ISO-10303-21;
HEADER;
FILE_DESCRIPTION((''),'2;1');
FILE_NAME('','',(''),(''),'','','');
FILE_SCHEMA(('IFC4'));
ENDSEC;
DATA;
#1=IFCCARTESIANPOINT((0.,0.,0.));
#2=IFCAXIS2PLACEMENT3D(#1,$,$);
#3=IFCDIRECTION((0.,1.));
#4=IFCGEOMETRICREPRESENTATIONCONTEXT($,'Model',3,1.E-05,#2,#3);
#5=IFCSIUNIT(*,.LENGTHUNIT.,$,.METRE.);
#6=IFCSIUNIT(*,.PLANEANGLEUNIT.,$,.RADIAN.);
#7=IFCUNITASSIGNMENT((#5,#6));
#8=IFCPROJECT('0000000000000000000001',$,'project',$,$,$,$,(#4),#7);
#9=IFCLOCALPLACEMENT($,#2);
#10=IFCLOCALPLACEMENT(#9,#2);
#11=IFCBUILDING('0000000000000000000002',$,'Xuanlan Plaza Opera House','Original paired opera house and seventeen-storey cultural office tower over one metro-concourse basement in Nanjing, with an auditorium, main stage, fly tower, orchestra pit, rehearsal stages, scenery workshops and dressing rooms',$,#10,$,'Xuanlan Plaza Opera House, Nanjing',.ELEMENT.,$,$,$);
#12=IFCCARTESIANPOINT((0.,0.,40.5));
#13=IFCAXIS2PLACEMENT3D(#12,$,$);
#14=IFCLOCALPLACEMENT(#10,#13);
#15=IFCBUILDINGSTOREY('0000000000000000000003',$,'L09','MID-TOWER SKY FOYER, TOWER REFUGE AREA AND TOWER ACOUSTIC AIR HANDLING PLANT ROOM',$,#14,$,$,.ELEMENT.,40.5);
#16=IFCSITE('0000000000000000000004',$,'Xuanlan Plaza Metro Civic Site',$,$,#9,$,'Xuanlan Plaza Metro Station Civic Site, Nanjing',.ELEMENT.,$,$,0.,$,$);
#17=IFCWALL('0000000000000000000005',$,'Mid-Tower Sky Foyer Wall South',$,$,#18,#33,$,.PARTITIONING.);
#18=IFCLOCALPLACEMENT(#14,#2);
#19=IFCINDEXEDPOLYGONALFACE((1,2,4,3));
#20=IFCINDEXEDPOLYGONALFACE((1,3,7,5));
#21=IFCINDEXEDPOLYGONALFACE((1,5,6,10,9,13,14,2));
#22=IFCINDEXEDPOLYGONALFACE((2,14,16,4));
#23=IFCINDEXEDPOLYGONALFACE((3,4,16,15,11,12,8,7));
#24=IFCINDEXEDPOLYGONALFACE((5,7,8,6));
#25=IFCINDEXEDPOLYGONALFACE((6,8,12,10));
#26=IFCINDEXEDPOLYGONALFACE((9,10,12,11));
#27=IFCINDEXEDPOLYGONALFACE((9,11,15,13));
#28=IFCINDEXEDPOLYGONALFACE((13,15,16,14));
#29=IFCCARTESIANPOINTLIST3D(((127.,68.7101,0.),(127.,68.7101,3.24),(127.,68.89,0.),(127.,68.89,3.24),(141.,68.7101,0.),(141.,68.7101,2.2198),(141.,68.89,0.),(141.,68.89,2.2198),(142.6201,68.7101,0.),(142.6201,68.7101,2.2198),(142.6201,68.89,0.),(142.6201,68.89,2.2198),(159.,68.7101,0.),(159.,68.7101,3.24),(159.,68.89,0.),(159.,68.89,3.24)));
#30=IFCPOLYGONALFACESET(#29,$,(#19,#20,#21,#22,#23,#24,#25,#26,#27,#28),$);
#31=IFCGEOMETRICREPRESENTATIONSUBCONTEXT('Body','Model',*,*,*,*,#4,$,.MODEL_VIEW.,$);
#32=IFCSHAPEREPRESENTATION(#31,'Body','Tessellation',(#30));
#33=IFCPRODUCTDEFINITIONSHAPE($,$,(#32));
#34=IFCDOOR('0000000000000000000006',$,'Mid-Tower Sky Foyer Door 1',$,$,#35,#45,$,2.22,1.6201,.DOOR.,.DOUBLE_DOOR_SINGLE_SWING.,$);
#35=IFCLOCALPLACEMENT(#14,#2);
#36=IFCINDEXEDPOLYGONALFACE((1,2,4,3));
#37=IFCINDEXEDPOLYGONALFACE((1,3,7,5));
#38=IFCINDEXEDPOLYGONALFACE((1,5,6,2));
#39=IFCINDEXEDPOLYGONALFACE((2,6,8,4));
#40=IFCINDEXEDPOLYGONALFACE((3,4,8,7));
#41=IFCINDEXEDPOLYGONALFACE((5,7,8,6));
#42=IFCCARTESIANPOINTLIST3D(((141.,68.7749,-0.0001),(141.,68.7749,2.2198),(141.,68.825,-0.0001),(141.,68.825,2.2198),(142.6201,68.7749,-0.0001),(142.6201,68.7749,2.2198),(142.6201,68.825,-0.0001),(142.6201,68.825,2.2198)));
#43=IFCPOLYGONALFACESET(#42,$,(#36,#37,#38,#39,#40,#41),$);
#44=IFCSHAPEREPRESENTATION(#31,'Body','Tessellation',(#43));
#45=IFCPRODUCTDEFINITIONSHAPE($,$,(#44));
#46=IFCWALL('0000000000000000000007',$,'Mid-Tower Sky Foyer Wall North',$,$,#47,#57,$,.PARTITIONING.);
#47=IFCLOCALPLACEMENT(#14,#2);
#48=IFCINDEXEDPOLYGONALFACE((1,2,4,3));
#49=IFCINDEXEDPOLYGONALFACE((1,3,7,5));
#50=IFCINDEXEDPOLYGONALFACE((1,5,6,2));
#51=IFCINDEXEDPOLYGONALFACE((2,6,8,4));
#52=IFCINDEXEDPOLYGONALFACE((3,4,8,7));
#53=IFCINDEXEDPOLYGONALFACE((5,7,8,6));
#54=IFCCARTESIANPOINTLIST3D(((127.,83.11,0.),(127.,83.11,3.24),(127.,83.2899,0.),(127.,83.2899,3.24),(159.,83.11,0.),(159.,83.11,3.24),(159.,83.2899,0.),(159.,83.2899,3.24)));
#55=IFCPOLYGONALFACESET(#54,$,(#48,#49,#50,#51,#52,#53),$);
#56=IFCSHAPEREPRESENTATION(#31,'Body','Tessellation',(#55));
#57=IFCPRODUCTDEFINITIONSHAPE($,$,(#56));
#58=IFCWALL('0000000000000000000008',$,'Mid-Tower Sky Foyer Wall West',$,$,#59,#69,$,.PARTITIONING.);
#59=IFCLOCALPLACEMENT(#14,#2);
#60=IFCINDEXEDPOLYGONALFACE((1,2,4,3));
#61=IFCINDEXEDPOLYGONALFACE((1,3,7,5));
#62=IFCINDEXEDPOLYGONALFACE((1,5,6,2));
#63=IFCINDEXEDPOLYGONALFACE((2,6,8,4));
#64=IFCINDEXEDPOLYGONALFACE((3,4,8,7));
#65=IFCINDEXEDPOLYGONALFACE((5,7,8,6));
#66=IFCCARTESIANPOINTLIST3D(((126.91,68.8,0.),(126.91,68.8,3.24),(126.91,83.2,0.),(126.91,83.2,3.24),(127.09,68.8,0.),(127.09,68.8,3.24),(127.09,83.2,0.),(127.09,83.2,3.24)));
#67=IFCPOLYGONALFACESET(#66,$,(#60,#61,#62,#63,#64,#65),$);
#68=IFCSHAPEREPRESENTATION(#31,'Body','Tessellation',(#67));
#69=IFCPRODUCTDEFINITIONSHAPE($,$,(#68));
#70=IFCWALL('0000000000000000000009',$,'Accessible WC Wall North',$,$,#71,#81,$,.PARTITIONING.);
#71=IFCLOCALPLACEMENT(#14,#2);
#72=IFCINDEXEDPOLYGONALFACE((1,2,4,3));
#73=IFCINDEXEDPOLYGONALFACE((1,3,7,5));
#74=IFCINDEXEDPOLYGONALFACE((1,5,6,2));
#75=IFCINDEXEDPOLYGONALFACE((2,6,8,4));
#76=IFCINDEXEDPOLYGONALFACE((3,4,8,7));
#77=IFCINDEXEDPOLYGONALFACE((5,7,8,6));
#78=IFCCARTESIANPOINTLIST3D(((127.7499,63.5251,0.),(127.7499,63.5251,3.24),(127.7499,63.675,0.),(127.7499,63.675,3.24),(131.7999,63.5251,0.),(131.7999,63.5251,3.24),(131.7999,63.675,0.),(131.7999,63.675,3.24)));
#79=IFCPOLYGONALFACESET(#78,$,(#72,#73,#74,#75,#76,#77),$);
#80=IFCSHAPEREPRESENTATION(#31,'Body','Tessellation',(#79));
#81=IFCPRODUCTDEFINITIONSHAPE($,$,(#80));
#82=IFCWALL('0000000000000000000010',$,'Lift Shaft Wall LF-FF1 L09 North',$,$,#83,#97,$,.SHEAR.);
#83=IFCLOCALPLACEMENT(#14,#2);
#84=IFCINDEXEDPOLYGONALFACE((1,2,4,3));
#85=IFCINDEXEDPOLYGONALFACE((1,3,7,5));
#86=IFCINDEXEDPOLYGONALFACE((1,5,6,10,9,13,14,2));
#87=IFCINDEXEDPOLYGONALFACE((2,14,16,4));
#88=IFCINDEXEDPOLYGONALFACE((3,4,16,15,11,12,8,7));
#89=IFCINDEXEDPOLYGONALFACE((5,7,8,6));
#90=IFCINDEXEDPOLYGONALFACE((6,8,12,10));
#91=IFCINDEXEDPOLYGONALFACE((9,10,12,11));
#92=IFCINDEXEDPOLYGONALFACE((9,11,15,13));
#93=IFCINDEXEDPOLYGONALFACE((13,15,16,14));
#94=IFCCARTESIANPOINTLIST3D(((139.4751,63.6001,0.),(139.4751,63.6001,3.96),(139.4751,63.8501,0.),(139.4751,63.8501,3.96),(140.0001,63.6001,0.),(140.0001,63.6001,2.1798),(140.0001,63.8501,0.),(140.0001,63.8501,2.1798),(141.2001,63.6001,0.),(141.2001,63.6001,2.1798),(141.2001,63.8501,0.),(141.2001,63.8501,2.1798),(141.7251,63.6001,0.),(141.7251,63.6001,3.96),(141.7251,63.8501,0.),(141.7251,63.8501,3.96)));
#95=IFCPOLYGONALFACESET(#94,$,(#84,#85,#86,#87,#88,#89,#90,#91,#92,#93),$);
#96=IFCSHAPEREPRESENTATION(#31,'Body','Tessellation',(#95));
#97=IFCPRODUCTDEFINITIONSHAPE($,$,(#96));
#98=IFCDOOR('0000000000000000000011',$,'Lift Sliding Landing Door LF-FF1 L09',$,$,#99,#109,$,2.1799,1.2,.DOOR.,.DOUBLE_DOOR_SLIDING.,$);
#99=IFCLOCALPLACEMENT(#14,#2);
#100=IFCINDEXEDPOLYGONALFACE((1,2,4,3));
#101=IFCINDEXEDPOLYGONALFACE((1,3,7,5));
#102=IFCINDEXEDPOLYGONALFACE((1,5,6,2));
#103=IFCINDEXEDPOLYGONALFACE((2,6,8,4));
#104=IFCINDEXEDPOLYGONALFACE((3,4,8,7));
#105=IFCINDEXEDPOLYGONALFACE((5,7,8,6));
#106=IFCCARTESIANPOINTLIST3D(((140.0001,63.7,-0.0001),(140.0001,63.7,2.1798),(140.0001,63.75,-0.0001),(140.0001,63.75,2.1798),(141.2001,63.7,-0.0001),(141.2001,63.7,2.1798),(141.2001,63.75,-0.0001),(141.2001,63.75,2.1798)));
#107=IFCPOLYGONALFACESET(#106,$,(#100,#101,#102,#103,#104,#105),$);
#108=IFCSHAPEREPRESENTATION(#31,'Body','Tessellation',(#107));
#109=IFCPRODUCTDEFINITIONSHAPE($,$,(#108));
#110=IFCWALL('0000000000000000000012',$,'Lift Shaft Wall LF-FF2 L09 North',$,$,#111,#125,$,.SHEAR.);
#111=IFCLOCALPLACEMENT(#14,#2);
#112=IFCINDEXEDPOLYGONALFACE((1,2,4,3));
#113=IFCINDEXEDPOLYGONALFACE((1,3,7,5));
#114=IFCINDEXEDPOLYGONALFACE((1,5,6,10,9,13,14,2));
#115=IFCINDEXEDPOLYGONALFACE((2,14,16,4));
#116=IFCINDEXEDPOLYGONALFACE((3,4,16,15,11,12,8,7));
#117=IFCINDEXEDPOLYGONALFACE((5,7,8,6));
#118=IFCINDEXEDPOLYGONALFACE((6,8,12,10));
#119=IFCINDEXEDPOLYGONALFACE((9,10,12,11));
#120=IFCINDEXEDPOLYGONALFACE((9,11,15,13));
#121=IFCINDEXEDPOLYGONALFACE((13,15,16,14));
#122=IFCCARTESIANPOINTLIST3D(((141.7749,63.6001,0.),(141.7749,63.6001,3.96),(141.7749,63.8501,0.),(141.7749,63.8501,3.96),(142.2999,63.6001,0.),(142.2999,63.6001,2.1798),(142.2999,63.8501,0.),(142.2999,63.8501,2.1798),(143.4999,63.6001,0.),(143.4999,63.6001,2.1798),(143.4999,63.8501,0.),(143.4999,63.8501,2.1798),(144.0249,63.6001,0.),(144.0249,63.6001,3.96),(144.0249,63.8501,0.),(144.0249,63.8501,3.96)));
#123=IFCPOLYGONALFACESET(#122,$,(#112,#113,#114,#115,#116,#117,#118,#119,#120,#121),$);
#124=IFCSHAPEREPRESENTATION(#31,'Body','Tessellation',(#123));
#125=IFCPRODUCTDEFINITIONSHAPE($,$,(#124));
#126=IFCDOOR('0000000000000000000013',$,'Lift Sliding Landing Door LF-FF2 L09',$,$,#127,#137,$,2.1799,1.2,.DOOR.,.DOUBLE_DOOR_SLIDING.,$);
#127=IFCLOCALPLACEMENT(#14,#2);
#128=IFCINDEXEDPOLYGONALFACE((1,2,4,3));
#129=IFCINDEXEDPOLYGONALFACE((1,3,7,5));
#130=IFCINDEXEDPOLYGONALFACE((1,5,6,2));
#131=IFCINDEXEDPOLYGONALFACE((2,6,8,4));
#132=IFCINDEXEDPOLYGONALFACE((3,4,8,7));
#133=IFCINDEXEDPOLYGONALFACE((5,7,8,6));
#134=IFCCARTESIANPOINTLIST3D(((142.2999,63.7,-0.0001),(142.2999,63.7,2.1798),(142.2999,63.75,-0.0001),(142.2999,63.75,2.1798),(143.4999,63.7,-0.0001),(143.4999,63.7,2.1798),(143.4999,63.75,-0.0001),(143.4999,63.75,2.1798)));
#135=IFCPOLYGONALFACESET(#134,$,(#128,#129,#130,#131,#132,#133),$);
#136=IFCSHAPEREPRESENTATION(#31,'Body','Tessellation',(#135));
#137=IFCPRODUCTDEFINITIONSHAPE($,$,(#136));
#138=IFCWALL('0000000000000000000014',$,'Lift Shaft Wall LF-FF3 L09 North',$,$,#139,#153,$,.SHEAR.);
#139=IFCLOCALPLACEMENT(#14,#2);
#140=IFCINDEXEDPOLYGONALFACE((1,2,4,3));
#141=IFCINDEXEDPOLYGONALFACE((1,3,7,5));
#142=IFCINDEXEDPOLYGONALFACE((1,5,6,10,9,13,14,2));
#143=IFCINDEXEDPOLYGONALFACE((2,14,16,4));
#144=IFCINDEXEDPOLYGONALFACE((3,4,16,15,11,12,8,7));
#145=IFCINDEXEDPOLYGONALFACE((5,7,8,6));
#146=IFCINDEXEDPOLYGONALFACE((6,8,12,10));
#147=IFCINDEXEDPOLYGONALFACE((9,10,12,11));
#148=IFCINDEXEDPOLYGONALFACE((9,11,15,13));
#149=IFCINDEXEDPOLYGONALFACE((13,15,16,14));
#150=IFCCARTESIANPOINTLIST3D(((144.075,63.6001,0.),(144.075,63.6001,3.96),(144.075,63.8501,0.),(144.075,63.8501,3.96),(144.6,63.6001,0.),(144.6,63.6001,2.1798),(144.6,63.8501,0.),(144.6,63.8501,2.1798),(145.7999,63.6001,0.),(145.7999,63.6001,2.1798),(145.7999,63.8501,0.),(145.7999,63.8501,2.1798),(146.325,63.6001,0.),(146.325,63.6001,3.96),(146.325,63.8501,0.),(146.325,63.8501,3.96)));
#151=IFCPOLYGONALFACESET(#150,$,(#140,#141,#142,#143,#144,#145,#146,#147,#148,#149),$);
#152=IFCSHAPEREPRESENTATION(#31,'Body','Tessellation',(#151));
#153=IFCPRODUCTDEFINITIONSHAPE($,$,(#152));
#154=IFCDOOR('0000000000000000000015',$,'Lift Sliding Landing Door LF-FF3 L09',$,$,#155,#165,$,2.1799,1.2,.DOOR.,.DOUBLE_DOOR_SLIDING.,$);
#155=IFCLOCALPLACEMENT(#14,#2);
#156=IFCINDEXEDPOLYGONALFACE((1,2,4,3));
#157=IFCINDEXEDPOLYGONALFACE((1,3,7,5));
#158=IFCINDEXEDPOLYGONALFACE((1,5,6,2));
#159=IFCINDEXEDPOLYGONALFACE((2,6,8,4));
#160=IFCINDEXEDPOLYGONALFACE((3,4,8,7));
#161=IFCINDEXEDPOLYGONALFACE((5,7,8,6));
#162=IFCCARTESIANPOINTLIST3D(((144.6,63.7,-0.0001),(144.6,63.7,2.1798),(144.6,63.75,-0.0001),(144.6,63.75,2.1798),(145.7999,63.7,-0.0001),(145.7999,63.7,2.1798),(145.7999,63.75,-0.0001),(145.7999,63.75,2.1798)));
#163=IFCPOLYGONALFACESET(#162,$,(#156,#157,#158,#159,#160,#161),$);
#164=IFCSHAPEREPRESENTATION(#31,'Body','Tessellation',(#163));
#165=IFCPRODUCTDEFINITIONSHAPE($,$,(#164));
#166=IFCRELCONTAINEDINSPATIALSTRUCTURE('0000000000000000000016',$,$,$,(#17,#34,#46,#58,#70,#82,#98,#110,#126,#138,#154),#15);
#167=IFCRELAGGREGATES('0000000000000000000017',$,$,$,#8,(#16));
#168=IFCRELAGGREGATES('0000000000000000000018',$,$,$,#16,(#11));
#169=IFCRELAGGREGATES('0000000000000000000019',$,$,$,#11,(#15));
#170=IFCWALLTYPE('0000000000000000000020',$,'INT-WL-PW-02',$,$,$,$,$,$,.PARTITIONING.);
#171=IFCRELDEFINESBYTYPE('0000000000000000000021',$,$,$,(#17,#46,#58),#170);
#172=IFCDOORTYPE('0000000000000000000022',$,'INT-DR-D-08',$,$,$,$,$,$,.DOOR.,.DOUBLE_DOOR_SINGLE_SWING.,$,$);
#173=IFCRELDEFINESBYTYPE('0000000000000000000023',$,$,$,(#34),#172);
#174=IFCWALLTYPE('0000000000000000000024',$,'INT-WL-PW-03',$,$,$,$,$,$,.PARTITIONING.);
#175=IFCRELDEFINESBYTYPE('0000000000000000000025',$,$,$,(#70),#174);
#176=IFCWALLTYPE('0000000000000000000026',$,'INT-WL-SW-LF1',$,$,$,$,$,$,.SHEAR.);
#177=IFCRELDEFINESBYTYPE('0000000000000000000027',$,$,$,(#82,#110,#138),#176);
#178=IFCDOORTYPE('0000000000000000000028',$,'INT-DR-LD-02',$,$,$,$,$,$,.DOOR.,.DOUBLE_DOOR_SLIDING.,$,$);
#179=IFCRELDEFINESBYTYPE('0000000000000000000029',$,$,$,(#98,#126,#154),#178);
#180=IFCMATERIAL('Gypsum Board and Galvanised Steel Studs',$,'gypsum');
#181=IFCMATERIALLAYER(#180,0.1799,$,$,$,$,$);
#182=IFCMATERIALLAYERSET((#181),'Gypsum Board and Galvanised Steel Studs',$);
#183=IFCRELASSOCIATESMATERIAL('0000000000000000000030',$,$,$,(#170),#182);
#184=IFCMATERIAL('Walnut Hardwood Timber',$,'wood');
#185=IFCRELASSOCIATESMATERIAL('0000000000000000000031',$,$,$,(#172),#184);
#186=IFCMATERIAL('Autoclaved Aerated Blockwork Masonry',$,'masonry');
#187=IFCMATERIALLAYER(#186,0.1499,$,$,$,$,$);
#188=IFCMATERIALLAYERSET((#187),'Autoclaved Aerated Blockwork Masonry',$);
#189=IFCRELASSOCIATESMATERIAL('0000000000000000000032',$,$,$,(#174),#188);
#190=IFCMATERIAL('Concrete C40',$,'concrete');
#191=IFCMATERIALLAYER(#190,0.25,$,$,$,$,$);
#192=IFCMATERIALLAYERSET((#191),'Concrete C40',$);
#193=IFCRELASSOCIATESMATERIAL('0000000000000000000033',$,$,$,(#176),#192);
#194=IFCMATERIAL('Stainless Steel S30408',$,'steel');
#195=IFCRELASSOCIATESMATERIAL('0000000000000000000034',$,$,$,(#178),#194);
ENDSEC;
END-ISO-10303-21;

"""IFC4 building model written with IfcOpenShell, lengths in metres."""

from ifc_helpers import new_model, si_unit, direction, frame, frame_2d, origin, place, context, subcontext, project, spatial, rectangle, extrude, material, layer, layer_set, type_object, element, fill, save


model = new_model("IFC4")

# Units and contexts
model_context = context("Model", 3, precision=1e-05, world=origin(), true_north=direction((0.0, 1.0)))
body_context = subcontext(model_context, "Body", "Model", "MODEL_VIEW")
ifc_project = project(units=[si_unit("LENGTHUNIT", "METRE"), si_unit("PLANEANGLEUNIT", "RADIAN")], contexts=[model_context])

# Site, building, storey
site_placement = place(None, origin())
site = spatial("IfcSite", under=ifc_project, at=site_placement, Name="Xuanlan Plaza Metro Civic Site", LongName="Xuanlan Plaza Metro Station Civic Site, Nanjing", CompositionType="ELEMENT", RefElevation=0.0)
building_placement = place(site_placement, origin())
building = spatial("IfcBuilding", under=site, at=building_placement, Name="Xuanlan Plaza Opera House", Description="Original paired opera house and seventeen-storey cultural office tower over one metro-concourse basement in Nanjing, with an auditorium, main stage, fly tower, orchestra pit, rehearsal stages, scenery workshops and dressing rooms", LongName="Xuanlan Plaza Opera House, Nanjing", CompositionType="ELEMENT")
storey_placement = place(building_placement, frame((0.0, 0.0, 40.5)))
storey = spatial("IfcBuildingStorey", under=building, at=storey_placement, Name="L09", Description="MID-TOWER SKY FOYER, TOWER REFUGE AREA AND TOWER ACOUSTIC AIR HANDLING PLANT ROOM", CompositionType="ELEMENT", Elevation=40.5)

# Shared definitions
ifc_material_1 = material(Name="Concrete C40", Category="concrete")

# Wall, opening, door
ifc_material_2 = material(Name="Gypsum Board and Galvanised Steel Studs", Category="gypsum")
ifc_layer_1 = layer(ifc_material_2, 0.1799)
ifc_layer_set_1 = layer_set([ifc_layer_1], Name="Gypsum Board and Galvanised Steel Studs")
wall_type_1 = type_object("IfcWallType", Name="INT-WL-PW-02", PredefinedType="PARTITIONING", material=ifc_layer_set_1)
wall_1_placement = place(storey_placement, frame((127.0, 68.8, 0.0), z_axis=(0.0, 0.0, 1.0), x_axis=(1.0, 0.0, 0.0)))
wall_1 = element("IfcWall", 1, at=wall_1_placement, inside=storey, type_object=wall_type_1, Name="Mid-Tower Sky Foyer Wall South", PredefinedType="PARTITIONING", context=body_context, shape_type="SweptSolid", body=[
    extrude(rectangle(XDim=32.0, YDim=0.1799, at=frame_2d((16.0, 0.0))), origin(), (0.0, 0.0, 1.0), 3.24),
])
opening_1_placement = place(wall_1_placement, frame((14.0, 0.0, 0.0)))
opening_1 = element("IfcOpeningElement", 2, at=opening_1_placement, cuts=wall_1, PredefinedType="OPENING", context=body_context, shape_type="SweptSolid", body=[
    extrude(rectangle(XDim=1.6201, YDim=2.22, at=frame_2d((0.8101, 1.1099))), frame((0.0, 0.0999, 0.0), z_axis=(0.0, -1.0, 0.0), x_axis=(1.0, 0.0, 0.0)), (0.0, 0.0, 1.0), 0.2),
])
ifc_material_3 = material(Name="Walnut Hardwood Timber", Category="wood")
door_type_1 = type_object("IfcDoorType", Name="INT-DR-D-08", OperationType="DOUBLE_DOOR_SINGLE_SWING", PredefinedType="DOOR", material=ifc_material_3)
door_1_placement = place(opening_1_placement, origin())
door_1 = element("IfcDoor", 3, at=door_1_placement, inside=storey, type_object=door_type_1, Name="Mid-Tower Sky Foyer Door 1", OperationType="DOUBLE_DOOR_SINGLE_SWING", OverallHeight=2.22, OverallWidth=1.6201, PredefinedType="DOOR", context=body_context, shape_type="SweptSolid", body=[
    extrude(rectangle(XDim=1.6201, YDim=2.22, at=frame_2d((0.8101, 1.1099))), frame((0.0, 0.0249, 0.0), z_axis=(0.0, -1.0, 0.0), x_axis=(1.0, 0.0, 0.0)), (0.0, 0.0, 1.0), 0.05),
])
fill(opening_1, door_1)

# Walls
wall_2_placement = place(storey_placement, frame((127.0, 83.2, 0.0), z_axis=(0.0, 0.0, 1.0), x_axis=(1.0, 0.0, 0.0)))
element("IfcWall", 4, at=wall_2_placement, inside=storey, type_object=wall_type_1, Name="Mid-Tower Sky Foyer Wall North", PredefinedType="PARTITIONING", context=body_context, shape_type="SweptSolid", body=[
    extrude(rectangle(XDim=32.0, YDim=0.1799, at=frame_2d((16.0, 0.0))), origin(), (0.0, 0.0, 1.0), 3.24),
])
wall_3_placement = place(storey_placement, frame((127.0, 68.8, 0.0), z_axis=(0.0, 0.0, 1.0), x_axis=(0.0, 1.0, 0.0)))
element("IfcWall", 5, at=wall_3_placement, inside=storey, type_object=wall_type_1, Name="Mid-Tower Sky Foyer Wall West", PredefinedType="PARTITIONING", context=body_context, shape_type="SweptSolid", body=[
    extrude(rectangle(XDim=14.3999, YDim=0.1799, at=frame_2d((7.2, 0.0))), origin(), (0.0, 0.0, 1.0), 3.24),
])
ifc_material_4 = material(Name="Autoclaved Aerated Blockwork Masonry", Category="masonry")
ifc_layer_2 = layer(ifc_material_4, 0.1499)
ifc_layer_set_2 = layer_set([ifc_layer_2], Name="Autoclaved Aerated Blockwork Masonry")
wall_type_2 = type_object("IfcWallType", Name="INT-WL-PW-03", PredefinedType="PARTITIONING", material=ifc_layer_set_2)
wall_4_placement = place(storey_placement, frame((127.75, 63.6001, 0.0), z_axis=(0.0, 0.0, 1.0), x_axis=(1.0, 0.0, 0.0)))
element("IfcWall", 6, at=wall_4_placement, inside=storey, type_object=wall_type_2, Name="Accessible WC Wall North", PredefinedType="PARTITIONING", context=body_context, shape_type="SweptSolid", body=[
    extrude(rectangle(XDim=4.05, YDim=0.1499, at=frame_2d((2.0249, 0.0))), origin(), (0.0, 0.0, 1.0), 3.24),
])

# Walls, openings, doors
ifc_layer_3 = layer(ifc_material_1, 0.25)
ifc_layer_set_3 = layer_set([ifc_layer_3], Name="Concrete C40")
wall_type_3 = type_object("IfcWallType", Name="INT-WL-SW-LF1", PredefinedType="SHEAR", material=ifc_layer_set_3)
wall_5_placement = place(storey_placement, frame((139.4751, 63.7251, 0.0), z_axis=(0.0, 0.0, 1.0), x_axis=(1.0, 0.0, 0.0)))
wall_5 = element("IfcWall", 7, at=wall_5_placement, inside=storey, type_object=wall_type_3, Name="Lift Shaft Wall LF-FF1 L09 North", PredefinedType="SHEAR", context=body_context, shape_type="SweptSolid", body=[
    extrude(rectangle(XDim=2.25, YDim=0.25, at=frame_2d((1.125, 0.0))), origin(), (0.0, 0.0, 1.0), 3.96),
])
opening_2_placement = place(wall_5_placement, frame((0.5249, 0.0, 0.0)))
opening_2 = element("IfcOpeningElement", 8, at=opening_2_placement, cuts=wall_5, PredefinedType="OPENING", context=body_context, shape_type="SweptSolid", body=[
    extrude(rectangle(XDim=1.2, YDim=2.1799, at=frame_2d((0.6001, 1.0898))), frame((0.0, 0.135, 0.0), z_axis=(0.0, -1.0, 0.0), x_axis=(1.0, 0.0, 0.0)), (0.0, 0.0, 1.0), 0.27),
])
ifc_material_5 = material(Name="Stainless Steel S30408", Category="steel")
door_type_2 = type_object("IfcDoorType", Name="INT-DR-LD-02", OperationType="DOUBLE_DOOR_SLIDING", PredefinedType="DOOR", material=ifc_material_5)
door_2_placement = place(opening_2_placement, origin())
door_2 = element("IfcDoor", 9, at=door_2_placement, inside=storey, type_object=door_type_2, Name="Lift Sliding Landing Door LF-FF1 L09", OperationType="DOUBLE_DOOR_SLIDING", OverallHeight=2.1799, OverallWidth=1.2, PredefinedType="DOOR", context=body_context, shape_type="SweptSolid", body=[
    extrude(rectangle(XDim=1.2, YDim=2.1799, at=frame_2d((0.6001, 1.0898))), frame((0.0, 0.0249, 0.0), z_axis=(0.0, -1.0, 0.0), x_axis=(1.0, 0.0, 0.0)), (0.0, 0.0, 1.0), 0.05),
])
fill(opening_2, door_2)
wall_6_placement = place(storey_placement, frame((141.7749, 63.7251, 0.0), z_axis=(0.0, 0.0, 1.0), x_axis=(1.0, 0.0, 0.0)))
wall_6 = element("IfcWall", 10, at=wall_6_placement, inside=storey, type_object=wall_type_3, Name="Lift Shaft Wall LF-FF2 L09 North", PredefinedType="SHEAR", context=body_context, shape_type="SweptSolid", body=[
    extrude(rectangle(XDim=2.25, YDim=0.25, at=frame_2d((1.125, 0.0))), origin(), (0.0, 0.0, 1.0), 3.96),
])
opening_3_placement = place(wall_6_placement, frame((0.5249, 0.0, 0.0)))
opening_3 = element("IfcOpeningElement", 11, at=opening_3_placement, cuts=wall_6, PredefinedType="OPENING", context=body_context, shape_type="SweptSolid", body=[
    extrude(rectangle(XDim=1.2, YDim=2.1799, at=frame_2d((0.6001, 1.0898))), frame((0.0, 0.135, 0.0), z_axis=(0.0, -1.0, 0.0), x_axis=(1.0, 0.0, 0.0)), (0.0, 0.0, 1.0), 0.27),
])
door_3_placement = place(opening_3_placement, origin())
door_3 = element("IfcDoor", 12, at=door_3_placement, inside=storey, type_object=door_type_2, Name="Lift Sliding Landing Door LF-FF2 L09", OperationType="DOUBLE_DOOR_SLIDING", OverallHeight=2.1799, OverallWidth=1.2, PredefinedType="DOOR", context=body_context, shape_type="SweptSolid", body=[
    extrude(rectangle(XDim=1.2, YDim=2.1799, at=frame_2d((0.6001, 1.0898))), frame((0.0, 0.0249, 0.0), z_axis=(0.0, -1.0, 0.0), x_axis=(1.0, 0.0, 0.0)), (0.0, 0.0, 1.0), 0.05),
])
fill(opening_3, door_3)
wall_7_placement = place(storey_placement, frame((144.075, 63.7251, 0.0), z_axis=(0.0, 0.0, 1.0), x_axis=(1.0, 0.0, 0.0)))
wall_7 = element("IfcWall", 13, at=wall_7_placement, inside=storey, type_object=wall_type_3, Name="Lift Shaft Wall LF-FF3 L09 North", PredefinedType="SHEAR", context=body_context, shape_type="SweptSolid", body=[
    extrude(rectangle(XDim=2.25, YDim=0.25, at=frame_2d((1.125, 0.0))), origin(), (0.0, 0.0, 1.0), 3.96),
])
opening_4_placement = place(wall_7_placement, frame((0.5249, 0.0, 0.0)))
opening_4 = element("IfcOpeningElement", 14, at=opening_4_placement, cuts=wall_7, PredefinedType="OPENING", context=body_context, shape_type="SweptSolid", body=[
    extrude(rectangle(XDim=1.2, YDim=2.1799, at=frame_2d((0.6001, 1.0898))), frame((0.0, 0.135, 0.0), z_axis=(0.0, -1.0, 0.0), x_axis=(1.0, 0.0, 0.0)), (0.0, 0.0, 1.0), 0.27),
])
door_4_placement = place(opening_4_placement, origin())
door_4 = element("IfcDoor", 15, at=door_4_placement, inside=storey, type_object=door_type_2, Name="Lift Sliding Landing Door LF-FF3 L09", OperationType="DOUBLE_DOOR_SLIDING", OverallHeight=2.1799, OverallWidth=1.2, PredefinedType="DOOR", context=body_context, shape_type="SweptSolid", body=[
    extrude(rectangle(XDim=1.2, YDim=2.1799, at=frame_2d((0.6001, 1.0898))), frame((0.0, 0.0249, 0.0), z_axis=(0.0, -1.0, 0.0), x_axis=(1.0, 0.0, 0.0)), (0.0, 0.0, 1.0), 0.05),
])
fill(opening_4, door_4)

save(model, "model.ifc")
